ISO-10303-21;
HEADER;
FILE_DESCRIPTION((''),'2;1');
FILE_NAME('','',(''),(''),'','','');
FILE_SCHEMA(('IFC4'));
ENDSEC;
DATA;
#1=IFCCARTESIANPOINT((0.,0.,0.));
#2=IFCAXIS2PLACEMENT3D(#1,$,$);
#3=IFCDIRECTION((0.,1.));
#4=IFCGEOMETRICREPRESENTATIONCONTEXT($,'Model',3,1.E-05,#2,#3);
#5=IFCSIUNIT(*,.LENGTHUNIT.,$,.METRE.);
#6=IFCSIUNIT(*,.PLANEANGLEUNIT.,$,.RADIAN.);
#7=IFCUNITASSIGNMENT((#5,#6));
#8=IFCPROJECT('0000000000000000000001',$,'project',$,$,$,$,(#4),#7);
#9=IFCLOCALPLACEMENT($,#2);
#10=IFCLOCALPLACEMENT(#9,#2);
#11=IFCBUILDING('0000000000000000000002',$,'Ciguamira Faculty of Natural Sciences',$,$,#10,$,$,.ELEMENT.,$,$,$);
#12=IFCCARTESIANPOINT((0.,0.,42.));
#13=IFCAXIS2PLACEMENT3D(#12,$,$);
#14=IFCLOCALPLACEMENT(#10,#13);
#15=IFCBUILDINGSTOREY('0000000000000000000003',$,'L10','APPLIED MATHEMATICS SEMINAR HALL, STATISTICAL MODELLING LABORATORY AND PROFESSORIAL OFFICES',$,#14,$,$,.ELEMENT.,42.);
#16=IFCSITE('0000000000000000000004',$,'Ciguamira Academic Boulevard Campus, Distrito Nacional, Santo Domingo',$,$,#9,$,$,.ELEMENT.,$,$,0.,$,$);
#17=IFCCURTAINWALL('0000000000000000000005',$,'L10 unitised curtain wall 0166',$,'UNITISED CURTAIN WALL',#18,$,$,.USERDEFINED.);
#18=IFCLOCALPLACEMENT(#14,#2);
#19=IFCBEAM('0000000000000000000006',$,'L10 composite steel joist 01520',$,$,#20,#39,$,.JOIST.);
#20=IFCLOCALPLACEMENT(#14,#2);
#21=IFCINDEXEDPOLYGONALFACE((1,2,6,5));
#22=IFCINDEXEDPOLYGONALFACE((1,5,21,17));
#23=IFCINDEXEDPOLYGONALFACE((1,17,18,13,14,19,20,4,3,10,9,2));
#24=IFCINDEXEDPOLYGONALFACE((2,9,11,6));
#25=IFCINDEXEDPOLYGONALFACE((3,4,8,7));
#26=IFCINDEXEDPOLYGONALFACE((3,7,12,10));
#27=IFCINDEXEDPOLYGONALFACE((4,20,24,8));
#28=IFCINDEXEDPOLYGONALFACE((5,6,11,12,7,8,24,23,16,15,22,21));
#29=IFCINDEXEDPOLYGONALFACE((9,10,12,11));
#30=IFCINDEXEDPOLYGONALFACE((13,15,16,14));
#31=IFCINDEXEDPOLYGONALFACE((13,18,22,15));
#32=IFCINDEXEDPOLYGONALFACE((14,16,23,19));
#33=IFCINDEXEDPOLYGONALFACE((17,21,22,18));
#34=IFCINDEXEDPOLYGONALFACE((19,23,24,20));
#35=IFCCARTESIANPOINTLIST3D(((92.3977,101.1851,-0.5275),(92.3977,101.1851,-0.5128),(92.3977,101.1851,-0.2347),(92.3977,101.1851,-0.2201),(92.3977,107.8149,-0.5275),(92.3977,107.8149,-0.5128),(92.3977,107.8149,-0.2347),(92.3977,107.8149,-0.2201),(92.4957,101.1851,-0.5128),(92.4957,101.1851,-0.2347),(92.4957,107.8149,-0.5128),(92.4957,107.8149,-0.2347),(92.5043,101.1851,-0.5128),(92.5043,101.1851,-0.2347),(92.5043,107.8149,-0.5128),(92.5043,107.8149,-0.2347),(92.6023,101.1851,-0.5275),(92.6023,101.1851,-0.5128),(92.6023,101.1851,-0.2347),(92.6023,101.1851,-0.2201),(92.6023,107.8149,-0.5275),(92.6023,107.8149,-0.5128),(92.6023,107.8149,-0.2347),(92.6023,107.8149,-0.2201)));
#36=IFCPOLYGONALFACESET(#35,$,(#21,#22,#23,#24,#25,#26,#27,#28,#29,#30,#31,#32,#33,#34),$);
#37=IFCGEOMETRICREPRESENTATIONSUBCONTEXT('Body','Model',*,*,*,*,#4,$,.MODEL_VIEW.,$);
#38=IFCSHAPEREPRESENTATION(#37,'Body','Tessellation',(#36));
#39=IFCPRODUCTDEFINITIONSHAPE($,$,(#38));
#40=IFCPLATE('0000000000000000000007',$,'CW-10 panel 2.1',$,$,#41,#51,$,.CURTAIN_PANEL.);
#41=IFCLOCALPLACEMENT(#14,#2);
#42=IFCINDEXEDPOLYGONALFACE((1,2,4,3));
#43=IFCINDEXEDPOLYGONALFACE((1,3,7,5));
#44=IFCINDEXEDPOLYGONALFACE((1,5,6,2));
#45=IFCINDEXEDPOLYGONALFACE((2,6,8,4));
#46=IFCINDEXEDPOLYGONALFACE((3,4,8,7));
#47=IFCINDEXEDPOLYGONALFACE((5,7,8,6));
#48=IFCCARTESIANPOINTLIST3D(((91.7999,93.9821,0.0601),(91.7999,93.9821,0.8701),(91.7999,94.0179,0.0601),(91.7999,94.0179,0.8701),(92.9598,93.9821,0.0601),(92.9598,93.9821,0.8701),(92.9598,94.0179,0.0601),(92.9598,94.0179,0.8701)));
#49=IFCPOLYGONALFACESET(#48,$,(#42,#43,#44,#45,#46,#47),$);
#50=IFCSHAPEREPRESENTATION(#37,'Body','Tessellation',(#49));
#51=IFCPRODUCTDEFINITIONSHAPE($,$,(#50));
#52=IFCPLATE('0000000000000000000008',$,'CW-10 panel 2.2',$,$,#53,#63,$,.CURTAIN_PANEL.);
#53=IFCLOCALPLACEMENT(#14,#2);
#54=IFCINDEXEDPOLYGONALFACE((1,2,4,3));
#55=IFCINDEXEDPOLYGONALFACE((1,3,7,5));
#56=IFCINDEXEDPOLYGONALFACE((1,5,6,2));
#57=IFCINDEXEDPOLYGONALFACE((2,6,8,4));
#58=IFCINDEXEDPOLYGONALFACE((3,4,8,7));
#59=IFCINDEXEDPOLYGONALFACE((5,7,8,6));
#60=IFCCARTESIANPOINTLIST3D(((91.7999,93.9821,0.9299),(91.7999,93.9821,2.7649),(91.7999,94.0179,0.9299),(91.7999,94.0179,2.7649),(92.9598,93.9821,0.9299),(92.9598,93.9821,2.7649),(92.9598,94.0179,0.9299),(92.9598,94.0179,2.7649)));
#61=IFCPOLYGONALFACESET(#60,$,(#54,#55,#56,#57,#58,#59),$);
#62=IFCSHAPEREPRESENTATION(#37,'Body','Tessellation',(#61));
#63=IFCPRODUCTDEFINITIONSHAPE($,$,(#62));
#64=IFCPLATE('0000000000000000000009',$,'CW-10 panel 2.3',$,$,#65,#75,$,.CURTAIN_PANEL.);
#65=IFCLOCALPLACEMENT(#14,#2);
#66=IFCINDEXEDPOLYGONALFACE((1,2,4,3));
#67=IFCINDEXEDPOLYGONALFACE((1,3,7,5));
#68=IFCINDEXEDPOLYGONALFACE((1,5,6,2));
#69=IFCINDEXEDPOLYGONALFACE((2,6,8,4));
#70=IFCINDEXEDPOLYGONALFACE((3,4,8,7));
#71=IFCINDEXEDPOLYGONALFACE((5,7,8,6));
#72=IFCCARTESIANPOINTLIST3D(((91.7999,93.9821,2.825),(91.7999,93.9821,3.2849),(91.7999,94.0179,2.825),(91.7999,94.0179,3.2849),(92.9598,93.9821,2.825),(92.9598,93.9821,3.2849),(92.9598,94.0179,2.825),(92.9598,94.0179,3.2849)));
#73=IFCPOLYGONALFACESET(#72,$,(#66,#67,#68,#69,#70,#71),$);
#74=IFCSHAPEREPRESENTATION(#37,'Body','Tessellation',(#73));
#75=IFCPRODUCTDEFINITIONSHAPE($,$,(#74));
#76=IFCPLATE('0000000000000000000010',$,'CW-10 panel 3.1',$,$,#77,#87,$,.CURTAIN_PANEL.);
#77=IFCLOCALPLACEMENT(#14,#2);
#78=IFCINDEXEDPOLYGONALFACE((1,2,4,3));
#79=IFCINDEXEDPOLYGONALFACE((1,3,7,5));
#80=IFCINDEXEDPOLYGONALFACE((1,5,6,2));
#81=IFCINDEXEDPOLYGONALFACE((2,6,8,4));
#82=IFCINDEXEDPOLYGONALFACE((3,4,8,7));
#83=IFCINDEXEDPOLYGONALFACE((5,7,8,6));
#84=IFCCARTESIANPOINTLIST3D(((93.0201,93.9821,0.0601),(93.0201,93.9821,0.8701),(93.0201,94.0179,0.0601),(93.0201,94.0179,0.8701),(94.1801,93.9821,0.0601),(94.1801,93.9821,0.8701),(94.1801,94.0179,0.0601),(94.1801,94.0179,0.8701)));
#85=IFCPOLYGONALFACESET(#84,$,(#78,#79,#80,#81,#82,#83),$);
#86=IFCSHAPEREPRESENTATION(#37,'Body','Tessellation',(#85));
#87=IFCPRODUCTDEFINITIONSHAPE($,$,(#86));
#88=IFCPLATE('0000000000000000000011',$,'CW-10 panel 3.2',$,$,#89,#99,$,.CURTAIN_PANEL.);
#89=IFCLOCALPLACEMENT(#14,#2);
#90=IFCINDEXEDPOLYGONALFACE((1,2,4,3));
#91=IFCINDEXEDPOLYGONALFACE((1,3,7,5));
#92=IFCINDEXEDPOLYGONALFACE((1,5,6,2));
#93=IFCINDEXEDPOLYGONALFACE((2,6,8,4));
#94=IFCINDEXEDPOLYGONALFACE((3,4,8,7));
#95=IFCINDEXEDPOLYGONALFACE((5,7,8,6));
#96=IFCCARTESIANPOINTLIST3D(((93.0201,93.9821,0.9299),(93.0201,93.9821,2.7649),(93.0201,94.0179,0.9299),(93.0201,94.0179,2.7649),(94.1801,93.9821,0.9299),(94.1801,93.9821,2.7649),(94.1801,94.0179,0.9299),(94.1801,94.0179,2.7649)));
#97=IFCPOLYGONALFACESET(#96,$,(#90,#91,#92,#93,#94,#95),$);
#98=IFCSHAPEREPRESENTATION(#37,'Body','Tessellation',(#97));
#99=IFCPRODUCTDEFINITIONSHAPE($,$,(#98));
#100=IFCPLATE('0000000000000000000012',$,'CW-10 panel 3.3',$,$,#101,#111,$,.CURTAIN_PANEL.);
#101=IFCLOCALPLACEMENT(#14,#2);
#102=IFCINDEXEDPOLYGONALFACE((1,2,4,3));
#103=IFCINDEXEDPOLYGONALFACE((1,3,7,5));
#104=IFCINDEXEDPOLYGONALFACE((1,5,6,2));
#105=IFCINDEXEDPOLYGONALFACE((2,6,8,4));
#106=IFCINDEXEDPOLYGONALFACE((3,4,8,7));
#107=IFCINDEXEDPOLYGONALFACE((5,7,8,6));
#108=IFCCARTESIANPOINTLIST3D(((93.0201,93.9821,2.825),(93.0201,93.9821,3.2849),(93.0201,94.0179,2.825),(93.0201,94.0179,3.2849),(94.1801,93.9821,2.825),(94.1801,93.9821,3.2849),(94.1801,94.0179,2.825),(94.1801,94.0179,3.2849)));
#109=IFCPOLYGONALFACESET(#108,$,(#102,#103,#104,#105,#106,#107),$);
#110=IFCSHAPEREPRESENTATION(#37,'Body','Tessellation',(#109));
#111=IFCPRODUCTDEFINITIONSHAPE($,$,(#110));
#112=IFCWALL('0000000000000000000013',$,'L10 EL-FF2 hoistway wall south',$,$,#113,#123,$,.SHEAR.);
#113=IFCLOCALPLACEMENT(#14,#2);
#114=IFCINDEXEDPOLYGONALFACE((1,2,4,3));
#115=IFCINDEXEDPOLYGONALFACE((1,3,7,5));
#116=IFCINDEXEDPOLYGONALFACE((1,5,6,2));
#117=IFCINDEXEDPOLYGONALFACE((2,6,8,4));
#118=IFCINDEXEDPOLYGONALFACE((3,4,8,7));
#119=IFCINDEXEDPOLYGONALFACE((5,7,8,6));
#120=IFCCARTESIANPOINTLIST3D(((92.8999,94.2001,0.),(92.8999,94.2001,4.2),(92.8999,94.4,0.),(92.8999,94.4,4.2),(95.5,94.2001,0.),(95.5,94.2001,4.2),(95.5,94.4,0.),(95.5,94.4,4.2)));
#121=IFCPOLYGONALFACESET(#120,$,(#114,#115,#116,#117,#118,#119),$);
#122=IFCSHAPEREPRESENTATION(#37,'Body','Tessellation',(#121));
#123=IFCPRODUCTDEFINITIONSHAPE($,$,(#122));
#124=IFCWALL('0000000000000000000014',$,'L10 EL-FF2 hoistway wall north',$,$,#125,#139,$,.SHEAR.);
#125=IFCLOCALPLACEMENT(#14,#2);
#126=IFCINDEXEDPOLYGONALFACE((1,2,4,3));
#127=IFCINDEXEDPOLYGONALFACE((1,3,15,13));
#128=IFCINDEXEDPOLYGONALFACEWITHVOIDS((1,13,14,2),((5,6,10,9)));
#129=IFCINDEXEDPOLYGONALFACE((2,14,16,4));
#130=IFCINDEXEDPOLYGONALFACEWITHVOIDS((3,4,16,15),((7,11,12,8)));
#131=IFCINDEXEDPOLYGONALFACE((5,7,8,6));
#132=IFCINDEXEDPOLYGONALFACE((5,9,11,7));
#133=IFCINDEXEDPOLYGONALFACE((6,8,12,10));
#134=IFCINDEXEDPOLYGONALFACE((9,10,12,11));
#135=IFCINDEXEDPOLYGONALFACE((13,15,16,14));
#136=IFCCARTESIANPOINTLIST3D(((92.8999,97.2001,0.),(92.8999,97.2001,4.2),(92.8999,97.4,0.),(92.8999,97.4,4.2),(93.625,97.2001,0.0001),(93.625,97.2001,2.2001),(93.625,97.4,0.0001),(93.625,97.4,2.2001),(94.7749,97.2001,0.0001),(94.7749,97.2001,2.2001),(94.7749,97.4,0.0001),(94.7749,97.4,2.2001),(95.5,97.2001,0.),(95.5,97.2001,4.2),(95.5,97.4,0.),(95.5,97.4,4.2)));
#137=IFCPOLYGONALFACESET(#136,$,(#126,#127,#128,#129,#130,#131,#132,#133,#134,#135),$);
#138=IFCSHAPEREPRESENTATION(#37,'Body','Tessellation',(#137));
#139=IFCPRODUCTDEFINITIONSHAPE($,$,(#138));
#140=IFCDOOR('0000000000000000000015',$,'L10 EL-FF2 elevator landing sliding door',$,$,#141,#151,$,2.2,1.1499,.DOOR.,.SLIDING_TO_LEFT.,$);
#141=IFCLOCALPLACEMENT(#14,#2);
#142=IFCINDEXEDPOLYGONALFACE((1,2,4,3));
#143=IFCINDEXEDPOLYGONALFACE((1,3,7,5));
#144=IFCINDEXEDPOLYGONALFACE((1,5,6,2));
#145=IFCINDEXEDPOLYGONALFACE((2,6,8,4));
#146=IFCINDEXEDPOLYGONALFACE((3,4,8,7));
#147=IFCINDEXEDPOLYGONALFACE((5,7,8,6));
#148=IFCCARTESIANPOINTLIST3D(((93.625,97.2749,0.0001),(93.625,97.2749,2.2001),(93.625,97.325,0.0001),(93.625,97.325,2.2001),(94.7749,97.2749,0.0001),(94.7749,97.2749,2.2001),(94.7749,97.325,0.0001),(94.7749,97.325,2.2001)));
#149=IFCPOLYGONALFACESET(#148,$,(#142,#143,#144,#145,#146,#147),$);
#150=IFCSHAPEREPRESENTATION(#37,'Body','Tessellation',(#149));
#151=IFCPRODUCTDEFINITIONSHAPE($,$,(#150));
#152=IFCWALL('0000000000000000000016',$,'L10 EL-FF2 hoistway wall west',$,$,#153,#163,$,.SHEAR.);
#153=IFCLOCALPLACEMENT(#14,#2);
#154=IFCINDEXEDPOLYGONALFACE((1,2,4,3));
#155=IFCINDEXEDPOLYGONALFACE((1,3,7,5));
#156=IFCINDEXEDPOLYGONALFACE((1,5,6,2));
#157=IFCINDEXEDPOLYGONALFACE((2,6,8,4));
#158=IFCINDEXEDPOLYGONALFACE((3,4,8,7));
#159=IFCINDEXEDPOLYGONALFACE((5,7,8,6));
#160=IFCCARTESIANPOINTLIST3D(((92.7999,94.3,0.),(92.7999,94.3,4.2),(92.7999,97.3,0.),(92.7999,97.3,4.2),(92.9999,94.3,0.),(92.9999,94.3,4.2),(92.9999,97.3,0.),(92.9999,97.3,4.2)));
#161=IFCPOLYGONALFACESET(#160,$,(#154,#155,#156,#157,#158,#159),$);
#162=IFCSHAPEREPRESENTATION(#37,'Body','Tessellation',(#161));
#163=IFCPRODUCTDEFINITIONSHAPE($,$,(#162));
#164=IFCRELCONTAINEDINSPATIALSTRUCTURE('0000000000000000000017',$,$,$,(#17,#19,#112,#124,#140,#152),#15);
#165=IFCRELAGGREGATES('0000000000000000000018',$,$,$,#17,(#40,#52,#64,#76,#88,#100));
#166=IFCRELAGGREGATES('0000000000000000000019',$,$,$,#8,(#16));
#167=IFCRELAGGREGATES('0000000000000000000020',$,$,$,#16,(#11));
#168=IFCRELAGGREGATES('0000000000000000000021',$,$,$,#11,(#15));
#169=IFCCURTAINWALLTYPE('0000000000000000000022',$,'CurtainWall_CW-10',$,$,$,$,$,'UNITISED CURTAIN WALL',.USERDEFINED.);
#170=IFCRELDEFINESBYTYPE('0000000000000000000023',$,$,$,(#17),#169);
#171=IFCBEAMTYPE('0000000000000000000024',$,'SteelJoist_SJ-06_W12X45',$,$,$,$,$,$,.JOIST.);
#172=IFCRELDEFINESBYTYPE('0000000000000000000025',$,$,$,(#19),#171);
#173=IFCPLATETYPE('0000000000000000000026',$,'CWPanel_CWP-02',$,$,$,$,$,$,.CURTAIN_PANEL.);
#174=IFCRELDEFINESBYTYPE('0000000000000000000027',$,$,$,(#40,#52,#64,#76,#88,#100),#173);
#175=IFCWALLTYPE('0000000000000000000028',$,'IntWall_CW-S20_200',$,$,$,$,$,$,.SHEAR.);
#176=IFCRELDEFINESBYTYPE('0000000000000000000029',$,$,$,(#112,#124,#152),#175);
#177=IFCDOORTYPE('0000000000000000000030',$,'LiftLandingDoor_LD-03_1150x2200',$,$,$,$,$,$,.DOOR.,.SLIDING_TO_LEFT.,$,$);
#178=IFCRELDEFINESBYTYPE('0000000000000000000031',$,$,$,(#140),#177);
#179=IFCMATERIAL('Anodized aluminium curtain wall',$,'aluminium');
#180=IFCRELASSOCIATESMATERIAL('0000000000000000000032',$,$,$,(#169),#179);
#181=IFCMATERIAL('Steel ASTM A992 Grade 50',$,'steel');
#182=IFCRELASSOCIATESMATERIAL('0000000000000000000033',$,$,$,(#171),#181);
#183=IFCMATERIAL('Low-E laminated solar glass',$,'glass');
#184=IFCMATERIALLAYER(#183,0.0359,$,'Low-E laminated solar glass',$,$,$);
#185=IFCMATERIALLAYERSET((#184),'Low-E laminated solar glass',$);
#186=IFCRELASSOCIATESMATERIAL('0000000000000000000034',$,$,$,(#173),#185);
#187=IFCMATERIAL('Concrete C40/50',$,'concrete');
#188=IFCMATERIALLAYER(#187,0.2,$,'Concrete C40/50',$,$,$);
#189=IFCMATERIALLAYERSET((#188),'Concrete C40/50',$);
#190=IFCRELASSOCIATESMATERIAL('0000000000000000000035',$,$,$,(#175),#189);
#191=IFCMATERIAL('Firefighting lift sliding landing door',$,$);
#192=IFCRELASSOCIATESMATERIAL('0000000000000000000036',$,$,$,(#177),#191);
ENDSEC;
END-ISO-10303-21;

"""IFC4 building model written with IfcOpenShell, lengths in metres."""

from ifc_helpers import new_model, si_unit, direction, frame, frame_2d, origin, origin_2d, place, context, subcontext, project, spatial, rectangle, i_section, extrude, material, layer, layer_set, material_profile, profile_set, type_object, element, fill, aggregate, save


model = new_model("IFC4")

# Units and contexts
model_context = context("Model", 3, precision=1e-05, world=origin(), true_north=direction((0.0, 1.0)))
body_context = subcontext(model_context, "Body", "Model", "MODEL_VIEW")
ifc_project = project(units=[si_unit("LENGTHUNIT", "METRE"), si_unit("PLANEANGLEUNIT", "RADIAN")], contexts=[model_context])

# Site, building, storey
site_placement = place(None, origin())
site = spatial("IfcSite", under=ifc_project, at=site_placement, Name="Ciguamira Academic Boulevard Campus, Distrito Nacional, Santo Domingo", CompositionType="ELEMENT", RefElevation=0.0)
building_placement = place(site_placement, origin())
building = spatial("IfcBuilding", under=site, at=building_placement, Name="Ciguamira Faculty of Natural Sciences", CompositionType="ELEMENT")
storey_placement = place(building_placement, frame((0.0, 0.0, 42.0)))
storey = spatial("IfcBuildingStorey", under=building, at=storey_placement, Name="L10", Description="APPLIED MATHEMATICS SEMINAR HALL, STATISTICAL MODELLING LABORATORY AND PROFESSORIAL OFFICES", CompositionType="ELEMENT", Elevation=42.0)

# Curtain wall
ifc_material_1 = material(Name="Anodized aluminium curtain wall", Category="aluminium")
curtain_wall_type = type_object("IfcCurtainWallType", Name="CurtainWall_CW-10", ElementType="UNITISED CURTAIN WALL", PredefinedType="USERDEFINED", material=ifc_material_1)
curtain_wall_placement = place(storey_placement, origin())
curtain_wall = element("IfcCurtainWall", 1, at=curtain_wall_placement, inside=storey, type_object=curtain_wall_type, Name="L10 unitised curtain wall 0166", ObjectType="UNITISED CURTAIN WALL", PredefinedType="USERDEFINED")

# Beam
ifc_material_2 = material(Name="Steel ASTM A992 Grade 50", Category="steel")
ifc_material_profile_1 = material_profile(ifc_material_2, i_section(OverallWidth=0.2046, OverallDepth=0.3074, WebThickness=0.0085, FlangeThickness=0.0146, at=origin_2d()), Name="W12X45")
ifc_profile_set_1 = profile_set([ifc_material_profile_1], Name="Steel ASTM A992 Grade 50")
beam_type_1 = type_object("IfcBeamType", Name="SteelJoist_SJ-06_W12X45", PredefinedType="JOIST", material=ifc_profile_set_1)
beam_1_placement = place(storey_placement, frame((92.5, 101.1851, -0.3738), z_axis=(0.0, 1.0, 0.0), x_axis=(-1.0, 0.0, 0.0)))
element("IfcBeam", 2, at=beam_1_placement, inside=storey, type_object=beam_type_1, Name="L10 composite steel joist 01520", PredefinedType="JOIST", context=body_context, shape_type="SweptSolid", body=[
    extrude(i_section(OverallWidth=0.2046, OverallDepth=0.3074, WebThickness=0.0085, FlangeThickness=0.0146, at=origin_2d()), origin(), (0.0, 0.0, 1.0), 6.6299),
])

# Plates
ifc_material_3 = material(Name="Low-E laminated solar glass", Category="glass")
ifc_layer_1 = layer(ifc_material_3, 0.0359, Name="Low-E laminated solar glass")
ifc_layer_set_1 = layer_set([ifc_layer_1], Name="Low-E laminated solar glass")
plate_type = type_object("IfcPlateType", Name="CWPanel_CWP-02", PredefinedType="CURTAIN_PANEL", material=ifc_layer_set_1)
plate_1_placement = place(storey_placement, frame((92.3799, 94.0, 0.0601), z_axis=(0.0, 0.0, 1.0), x_axis=(1.0, 0.0, 0.0)))
plate_1 = element("IfcPlate", 3, at=plate_1_placement, type_object=plate_type, Name="CW-10 panel 2.1", PredefinedType="CURTAIN_PANEL", context=body_context, shape_type="SweptSolid", body=[
    extrude(rectangle(XDim=1.1599, YDim=0.0359, at=origin_2d()), origin(), (0.0, 0.0, 1.0), 0.8101),
])
plate_2_placement = place(storey_placement, frame((92.3799, 94.0, 0.9299), z_axis=(0.0, 0.0, 1.0), x_axis=(1.0, 0.0, 0.0)))
plate_2 = element("IfcPlate", 4, at=plate_2_placement, type_object=plate_type, Name="CW-10 panel 2.2", PredefinedType="CURTAIN_PANEL", context=body_context, shape_type="SweptSolid", body=[
    extrude(rectangle(XDim=1.1599, YDim=0.0359, at=origin_2d()), origin(), (0.0, 0.0, 1.0), 1.835),
])
plate_3_placement = place(storey_placement, frame((92.3799, 94.0, 2.825), z_axis=(0.0, 0.0, 1.0), x_axis=(1.0, 0.0, 0.0)))
plate_3 = element("IfcPlate", 5, at=plate_3_placement, type_object=plate_type, Name="CW-10 panel 2.3", PredefinedType="CURTAIN_PANEL", context=body_context, shape_type="SweptSolid", body=[
    extrude(rectangle(XDim=1.1599, YDim=0.0359, at=origin_2d()), origin(), (0.0, 0.0, 1.0), 0.46),
])
plate_4_placement = place(storey_placement, frame((93.6001, 94.0, 0.0601), z_axis=(0.0, 0.0, 1.0), x_axis=(1.0, 0.0, 0.0)))
plate_4 = element("IfcPlate", 6, at=plate_4_placement, type_object=plate_type, Name="CW-10 panel 3.1", PredefinedType="CURTAIN_PANEL", context=body_context, shape_type="SweptSolid", body=[
    extrude(rectangle(XDim=1.1599, YDim=0.0359, at=origin_2d()), origin(), (0.0, 0.0, 1.0), 0.8101),
])
plate_5_placement = place(storey_placement, frame((93.6001, 94.0, 0.9299), z_axis=(0.0, 0.0, 1.0), x_axis=(1.0, 0.0, 0.0)))
plate_5 = element("IfcPlate", 7, at=plate_5_placement, type_object=plate_type, Name="CW-10 panel 3.2", PredefinedType="CURTAIN_PANEL", context=body_context, shape_type="SweptSolid", body=[
    extrude(rectangle(XDim=1.1599, YDim=0.0359, at=origin_2d()), origin(), (0.0, 0.0, 1.0), 1.835),
])
plate_6_placement = place(storey_placement, frame((93.6001, 94.0, 2.825), z_axis=(0.0, 0.0, 1.0), x_axis=(1.0, 0.0, 0.0)))
plate_6 = element("IfcPlate", 8, at=plate_6_placement, type_object=plate_type, Name="CW-10 panel 3.3", PredefinedType="CURTAIN_PANEL", context=body_context, shape_type="SweptSolid", body=[
    extrude(rectangle(XDim=1.1599, YDim=0.0359, at=origin_2d()), origin(), (0.0, 0.0, 1.0), 0.46),
])
aggregate(curtain_wall, [plate_1, plate_2, plate_3, plate_4, plate_5, plate_6])

# Wall
ifc_material_4 = material(Name="Concrete C40/50", Category="concrete")
ifc_layer_2 = layer(ifc_material_4, 0.2, Name="Concrete C40/50")
ifc_layer_set_2 = layer_set([ifc_layer_2], Name="Concrete C40/50")
wall_type_1 = type_object("IfcWallType", Name="IntWall_CW-S20_200", PredefinedType="SHEAR", material=ifc_layer_set_2)
wall_1_placement = place(storey_placement, frame((92.8999, 94.3, 0.0), z_axis=(0.0, 0.0, 1.0), x_axis=(1.0, 0.0, 0.0)))
element("IfcWall", 9, at=wall_1_placement, inside=storey, type_object=wall_type_1, Name="L10 EL-FF2 hoistway wall south", PredefinedType="SHEAR", context=body_context, shape_type="SweptSolid", body=[
    extrude(rectangle(XDim=2.6001, YDim=0.2, at=frame_2d((1.3, 0.0))), origin(), (0.0, 0.0, 1.0), 4.2),
])

# Wall, opening, door
wall_2_placement = place(storey_placement, frame((92.8999, 97.3, 0.0), z_axis=(0.0, 0.0, 1.0), x_axis=(1.0, 0.0, 0.0)))
wall_2 = element("IfcWall", 10, at=wall_2_placement, inside=storey, type_object=wall_type_1, Name="L10 EL-FF2 hoistway wall north", PredefinedType="SHEAR", context=body_context, shape_type="SweptSolid", body=[
    extrude(rectangle(XDim=2.6001, YDim=0.2, at=frame_2d((1.3, 0.0))), origin(), (0.0, 0.0, 1.0), 4.2),
])
opening_1_placement = place(wall_2_placement, frame((0.7251, 0.0, 0.0)))
opening_1 = element("IfcOpeningElement", 11, at=opening_1_placement, cuts=wall_2, PredefinedType="OPENING", context=body_context, shape_type="SweptSolid", body=[
    extrude(rectangle(XDim=1.1499, YDim=2.2, at=frame_2d((0.575, 1.1001))), frame((0.0, 0.1099, 0.0), z_axis=(0.0, -1.0, 0.0), x_axis=(1.0, 0.0, 0.0)), (0.0, 0.0, 1.0), 0.22),
])
ifc_material_5 = material(Name="Firefighting lift sliding landing door")
door_type_1 = type_object("IfcDoorType", Name="LiftLandingDoor_LD-03_1150x2200", OperationType="SLIDING_TO_LEFT", PredefinedType="DOOR", material=ifc_material_5)
door_1_placement = place(opening_1_placement, origin())
door_1 = element("IfcDoor", 12, at=door_1_placement, inside=storey, type_object=door_type_1, Name="L10 EL-FF2 elevator landing sliding door", OperationType="SLIDING_TO_LEFT", OverallHeight=2.2, OverallWidth=1.1499, PredefinedType="DOOR", context=body_context, shape_type="SweptSolid", body=[
    extrude(rectangle(XDim=1.1499, YDim=2.2, at=frame_2d((0.575, 1.1001))), frame((0.0, 0.0249, 0.0), z_axis=(0.0, -1.0, 0.0), x_axis=(1.0, 0.0, 0.0)), (0.0, 0.0, 1.0), 0.05),
])
fill(opening_1, door_1)

# Wall
wall_3_placement = place(storey_placement, frame((92.8999, 94.3, 0.0), z_axis=(0.0, 0.0, 1.0), x_axis=(0.0, 1.0, 0.0)))
element("IfcWall", 13, at=wall_3_placement, inside=storey, type_object=wall_type_1, Name="L10 EL-FF2 hoistway wall west", PredefinedType="SHEAR", context=body_context, shape_type="SweptSolid", body=[
    extrude(rectangle(XDim=3.0, YDim=0.2, at=frame_2d((1.5, 0.0))), origin(), (0.0, 0.0, 1.0), 4.2),
])

save(model, "model.ifc")
